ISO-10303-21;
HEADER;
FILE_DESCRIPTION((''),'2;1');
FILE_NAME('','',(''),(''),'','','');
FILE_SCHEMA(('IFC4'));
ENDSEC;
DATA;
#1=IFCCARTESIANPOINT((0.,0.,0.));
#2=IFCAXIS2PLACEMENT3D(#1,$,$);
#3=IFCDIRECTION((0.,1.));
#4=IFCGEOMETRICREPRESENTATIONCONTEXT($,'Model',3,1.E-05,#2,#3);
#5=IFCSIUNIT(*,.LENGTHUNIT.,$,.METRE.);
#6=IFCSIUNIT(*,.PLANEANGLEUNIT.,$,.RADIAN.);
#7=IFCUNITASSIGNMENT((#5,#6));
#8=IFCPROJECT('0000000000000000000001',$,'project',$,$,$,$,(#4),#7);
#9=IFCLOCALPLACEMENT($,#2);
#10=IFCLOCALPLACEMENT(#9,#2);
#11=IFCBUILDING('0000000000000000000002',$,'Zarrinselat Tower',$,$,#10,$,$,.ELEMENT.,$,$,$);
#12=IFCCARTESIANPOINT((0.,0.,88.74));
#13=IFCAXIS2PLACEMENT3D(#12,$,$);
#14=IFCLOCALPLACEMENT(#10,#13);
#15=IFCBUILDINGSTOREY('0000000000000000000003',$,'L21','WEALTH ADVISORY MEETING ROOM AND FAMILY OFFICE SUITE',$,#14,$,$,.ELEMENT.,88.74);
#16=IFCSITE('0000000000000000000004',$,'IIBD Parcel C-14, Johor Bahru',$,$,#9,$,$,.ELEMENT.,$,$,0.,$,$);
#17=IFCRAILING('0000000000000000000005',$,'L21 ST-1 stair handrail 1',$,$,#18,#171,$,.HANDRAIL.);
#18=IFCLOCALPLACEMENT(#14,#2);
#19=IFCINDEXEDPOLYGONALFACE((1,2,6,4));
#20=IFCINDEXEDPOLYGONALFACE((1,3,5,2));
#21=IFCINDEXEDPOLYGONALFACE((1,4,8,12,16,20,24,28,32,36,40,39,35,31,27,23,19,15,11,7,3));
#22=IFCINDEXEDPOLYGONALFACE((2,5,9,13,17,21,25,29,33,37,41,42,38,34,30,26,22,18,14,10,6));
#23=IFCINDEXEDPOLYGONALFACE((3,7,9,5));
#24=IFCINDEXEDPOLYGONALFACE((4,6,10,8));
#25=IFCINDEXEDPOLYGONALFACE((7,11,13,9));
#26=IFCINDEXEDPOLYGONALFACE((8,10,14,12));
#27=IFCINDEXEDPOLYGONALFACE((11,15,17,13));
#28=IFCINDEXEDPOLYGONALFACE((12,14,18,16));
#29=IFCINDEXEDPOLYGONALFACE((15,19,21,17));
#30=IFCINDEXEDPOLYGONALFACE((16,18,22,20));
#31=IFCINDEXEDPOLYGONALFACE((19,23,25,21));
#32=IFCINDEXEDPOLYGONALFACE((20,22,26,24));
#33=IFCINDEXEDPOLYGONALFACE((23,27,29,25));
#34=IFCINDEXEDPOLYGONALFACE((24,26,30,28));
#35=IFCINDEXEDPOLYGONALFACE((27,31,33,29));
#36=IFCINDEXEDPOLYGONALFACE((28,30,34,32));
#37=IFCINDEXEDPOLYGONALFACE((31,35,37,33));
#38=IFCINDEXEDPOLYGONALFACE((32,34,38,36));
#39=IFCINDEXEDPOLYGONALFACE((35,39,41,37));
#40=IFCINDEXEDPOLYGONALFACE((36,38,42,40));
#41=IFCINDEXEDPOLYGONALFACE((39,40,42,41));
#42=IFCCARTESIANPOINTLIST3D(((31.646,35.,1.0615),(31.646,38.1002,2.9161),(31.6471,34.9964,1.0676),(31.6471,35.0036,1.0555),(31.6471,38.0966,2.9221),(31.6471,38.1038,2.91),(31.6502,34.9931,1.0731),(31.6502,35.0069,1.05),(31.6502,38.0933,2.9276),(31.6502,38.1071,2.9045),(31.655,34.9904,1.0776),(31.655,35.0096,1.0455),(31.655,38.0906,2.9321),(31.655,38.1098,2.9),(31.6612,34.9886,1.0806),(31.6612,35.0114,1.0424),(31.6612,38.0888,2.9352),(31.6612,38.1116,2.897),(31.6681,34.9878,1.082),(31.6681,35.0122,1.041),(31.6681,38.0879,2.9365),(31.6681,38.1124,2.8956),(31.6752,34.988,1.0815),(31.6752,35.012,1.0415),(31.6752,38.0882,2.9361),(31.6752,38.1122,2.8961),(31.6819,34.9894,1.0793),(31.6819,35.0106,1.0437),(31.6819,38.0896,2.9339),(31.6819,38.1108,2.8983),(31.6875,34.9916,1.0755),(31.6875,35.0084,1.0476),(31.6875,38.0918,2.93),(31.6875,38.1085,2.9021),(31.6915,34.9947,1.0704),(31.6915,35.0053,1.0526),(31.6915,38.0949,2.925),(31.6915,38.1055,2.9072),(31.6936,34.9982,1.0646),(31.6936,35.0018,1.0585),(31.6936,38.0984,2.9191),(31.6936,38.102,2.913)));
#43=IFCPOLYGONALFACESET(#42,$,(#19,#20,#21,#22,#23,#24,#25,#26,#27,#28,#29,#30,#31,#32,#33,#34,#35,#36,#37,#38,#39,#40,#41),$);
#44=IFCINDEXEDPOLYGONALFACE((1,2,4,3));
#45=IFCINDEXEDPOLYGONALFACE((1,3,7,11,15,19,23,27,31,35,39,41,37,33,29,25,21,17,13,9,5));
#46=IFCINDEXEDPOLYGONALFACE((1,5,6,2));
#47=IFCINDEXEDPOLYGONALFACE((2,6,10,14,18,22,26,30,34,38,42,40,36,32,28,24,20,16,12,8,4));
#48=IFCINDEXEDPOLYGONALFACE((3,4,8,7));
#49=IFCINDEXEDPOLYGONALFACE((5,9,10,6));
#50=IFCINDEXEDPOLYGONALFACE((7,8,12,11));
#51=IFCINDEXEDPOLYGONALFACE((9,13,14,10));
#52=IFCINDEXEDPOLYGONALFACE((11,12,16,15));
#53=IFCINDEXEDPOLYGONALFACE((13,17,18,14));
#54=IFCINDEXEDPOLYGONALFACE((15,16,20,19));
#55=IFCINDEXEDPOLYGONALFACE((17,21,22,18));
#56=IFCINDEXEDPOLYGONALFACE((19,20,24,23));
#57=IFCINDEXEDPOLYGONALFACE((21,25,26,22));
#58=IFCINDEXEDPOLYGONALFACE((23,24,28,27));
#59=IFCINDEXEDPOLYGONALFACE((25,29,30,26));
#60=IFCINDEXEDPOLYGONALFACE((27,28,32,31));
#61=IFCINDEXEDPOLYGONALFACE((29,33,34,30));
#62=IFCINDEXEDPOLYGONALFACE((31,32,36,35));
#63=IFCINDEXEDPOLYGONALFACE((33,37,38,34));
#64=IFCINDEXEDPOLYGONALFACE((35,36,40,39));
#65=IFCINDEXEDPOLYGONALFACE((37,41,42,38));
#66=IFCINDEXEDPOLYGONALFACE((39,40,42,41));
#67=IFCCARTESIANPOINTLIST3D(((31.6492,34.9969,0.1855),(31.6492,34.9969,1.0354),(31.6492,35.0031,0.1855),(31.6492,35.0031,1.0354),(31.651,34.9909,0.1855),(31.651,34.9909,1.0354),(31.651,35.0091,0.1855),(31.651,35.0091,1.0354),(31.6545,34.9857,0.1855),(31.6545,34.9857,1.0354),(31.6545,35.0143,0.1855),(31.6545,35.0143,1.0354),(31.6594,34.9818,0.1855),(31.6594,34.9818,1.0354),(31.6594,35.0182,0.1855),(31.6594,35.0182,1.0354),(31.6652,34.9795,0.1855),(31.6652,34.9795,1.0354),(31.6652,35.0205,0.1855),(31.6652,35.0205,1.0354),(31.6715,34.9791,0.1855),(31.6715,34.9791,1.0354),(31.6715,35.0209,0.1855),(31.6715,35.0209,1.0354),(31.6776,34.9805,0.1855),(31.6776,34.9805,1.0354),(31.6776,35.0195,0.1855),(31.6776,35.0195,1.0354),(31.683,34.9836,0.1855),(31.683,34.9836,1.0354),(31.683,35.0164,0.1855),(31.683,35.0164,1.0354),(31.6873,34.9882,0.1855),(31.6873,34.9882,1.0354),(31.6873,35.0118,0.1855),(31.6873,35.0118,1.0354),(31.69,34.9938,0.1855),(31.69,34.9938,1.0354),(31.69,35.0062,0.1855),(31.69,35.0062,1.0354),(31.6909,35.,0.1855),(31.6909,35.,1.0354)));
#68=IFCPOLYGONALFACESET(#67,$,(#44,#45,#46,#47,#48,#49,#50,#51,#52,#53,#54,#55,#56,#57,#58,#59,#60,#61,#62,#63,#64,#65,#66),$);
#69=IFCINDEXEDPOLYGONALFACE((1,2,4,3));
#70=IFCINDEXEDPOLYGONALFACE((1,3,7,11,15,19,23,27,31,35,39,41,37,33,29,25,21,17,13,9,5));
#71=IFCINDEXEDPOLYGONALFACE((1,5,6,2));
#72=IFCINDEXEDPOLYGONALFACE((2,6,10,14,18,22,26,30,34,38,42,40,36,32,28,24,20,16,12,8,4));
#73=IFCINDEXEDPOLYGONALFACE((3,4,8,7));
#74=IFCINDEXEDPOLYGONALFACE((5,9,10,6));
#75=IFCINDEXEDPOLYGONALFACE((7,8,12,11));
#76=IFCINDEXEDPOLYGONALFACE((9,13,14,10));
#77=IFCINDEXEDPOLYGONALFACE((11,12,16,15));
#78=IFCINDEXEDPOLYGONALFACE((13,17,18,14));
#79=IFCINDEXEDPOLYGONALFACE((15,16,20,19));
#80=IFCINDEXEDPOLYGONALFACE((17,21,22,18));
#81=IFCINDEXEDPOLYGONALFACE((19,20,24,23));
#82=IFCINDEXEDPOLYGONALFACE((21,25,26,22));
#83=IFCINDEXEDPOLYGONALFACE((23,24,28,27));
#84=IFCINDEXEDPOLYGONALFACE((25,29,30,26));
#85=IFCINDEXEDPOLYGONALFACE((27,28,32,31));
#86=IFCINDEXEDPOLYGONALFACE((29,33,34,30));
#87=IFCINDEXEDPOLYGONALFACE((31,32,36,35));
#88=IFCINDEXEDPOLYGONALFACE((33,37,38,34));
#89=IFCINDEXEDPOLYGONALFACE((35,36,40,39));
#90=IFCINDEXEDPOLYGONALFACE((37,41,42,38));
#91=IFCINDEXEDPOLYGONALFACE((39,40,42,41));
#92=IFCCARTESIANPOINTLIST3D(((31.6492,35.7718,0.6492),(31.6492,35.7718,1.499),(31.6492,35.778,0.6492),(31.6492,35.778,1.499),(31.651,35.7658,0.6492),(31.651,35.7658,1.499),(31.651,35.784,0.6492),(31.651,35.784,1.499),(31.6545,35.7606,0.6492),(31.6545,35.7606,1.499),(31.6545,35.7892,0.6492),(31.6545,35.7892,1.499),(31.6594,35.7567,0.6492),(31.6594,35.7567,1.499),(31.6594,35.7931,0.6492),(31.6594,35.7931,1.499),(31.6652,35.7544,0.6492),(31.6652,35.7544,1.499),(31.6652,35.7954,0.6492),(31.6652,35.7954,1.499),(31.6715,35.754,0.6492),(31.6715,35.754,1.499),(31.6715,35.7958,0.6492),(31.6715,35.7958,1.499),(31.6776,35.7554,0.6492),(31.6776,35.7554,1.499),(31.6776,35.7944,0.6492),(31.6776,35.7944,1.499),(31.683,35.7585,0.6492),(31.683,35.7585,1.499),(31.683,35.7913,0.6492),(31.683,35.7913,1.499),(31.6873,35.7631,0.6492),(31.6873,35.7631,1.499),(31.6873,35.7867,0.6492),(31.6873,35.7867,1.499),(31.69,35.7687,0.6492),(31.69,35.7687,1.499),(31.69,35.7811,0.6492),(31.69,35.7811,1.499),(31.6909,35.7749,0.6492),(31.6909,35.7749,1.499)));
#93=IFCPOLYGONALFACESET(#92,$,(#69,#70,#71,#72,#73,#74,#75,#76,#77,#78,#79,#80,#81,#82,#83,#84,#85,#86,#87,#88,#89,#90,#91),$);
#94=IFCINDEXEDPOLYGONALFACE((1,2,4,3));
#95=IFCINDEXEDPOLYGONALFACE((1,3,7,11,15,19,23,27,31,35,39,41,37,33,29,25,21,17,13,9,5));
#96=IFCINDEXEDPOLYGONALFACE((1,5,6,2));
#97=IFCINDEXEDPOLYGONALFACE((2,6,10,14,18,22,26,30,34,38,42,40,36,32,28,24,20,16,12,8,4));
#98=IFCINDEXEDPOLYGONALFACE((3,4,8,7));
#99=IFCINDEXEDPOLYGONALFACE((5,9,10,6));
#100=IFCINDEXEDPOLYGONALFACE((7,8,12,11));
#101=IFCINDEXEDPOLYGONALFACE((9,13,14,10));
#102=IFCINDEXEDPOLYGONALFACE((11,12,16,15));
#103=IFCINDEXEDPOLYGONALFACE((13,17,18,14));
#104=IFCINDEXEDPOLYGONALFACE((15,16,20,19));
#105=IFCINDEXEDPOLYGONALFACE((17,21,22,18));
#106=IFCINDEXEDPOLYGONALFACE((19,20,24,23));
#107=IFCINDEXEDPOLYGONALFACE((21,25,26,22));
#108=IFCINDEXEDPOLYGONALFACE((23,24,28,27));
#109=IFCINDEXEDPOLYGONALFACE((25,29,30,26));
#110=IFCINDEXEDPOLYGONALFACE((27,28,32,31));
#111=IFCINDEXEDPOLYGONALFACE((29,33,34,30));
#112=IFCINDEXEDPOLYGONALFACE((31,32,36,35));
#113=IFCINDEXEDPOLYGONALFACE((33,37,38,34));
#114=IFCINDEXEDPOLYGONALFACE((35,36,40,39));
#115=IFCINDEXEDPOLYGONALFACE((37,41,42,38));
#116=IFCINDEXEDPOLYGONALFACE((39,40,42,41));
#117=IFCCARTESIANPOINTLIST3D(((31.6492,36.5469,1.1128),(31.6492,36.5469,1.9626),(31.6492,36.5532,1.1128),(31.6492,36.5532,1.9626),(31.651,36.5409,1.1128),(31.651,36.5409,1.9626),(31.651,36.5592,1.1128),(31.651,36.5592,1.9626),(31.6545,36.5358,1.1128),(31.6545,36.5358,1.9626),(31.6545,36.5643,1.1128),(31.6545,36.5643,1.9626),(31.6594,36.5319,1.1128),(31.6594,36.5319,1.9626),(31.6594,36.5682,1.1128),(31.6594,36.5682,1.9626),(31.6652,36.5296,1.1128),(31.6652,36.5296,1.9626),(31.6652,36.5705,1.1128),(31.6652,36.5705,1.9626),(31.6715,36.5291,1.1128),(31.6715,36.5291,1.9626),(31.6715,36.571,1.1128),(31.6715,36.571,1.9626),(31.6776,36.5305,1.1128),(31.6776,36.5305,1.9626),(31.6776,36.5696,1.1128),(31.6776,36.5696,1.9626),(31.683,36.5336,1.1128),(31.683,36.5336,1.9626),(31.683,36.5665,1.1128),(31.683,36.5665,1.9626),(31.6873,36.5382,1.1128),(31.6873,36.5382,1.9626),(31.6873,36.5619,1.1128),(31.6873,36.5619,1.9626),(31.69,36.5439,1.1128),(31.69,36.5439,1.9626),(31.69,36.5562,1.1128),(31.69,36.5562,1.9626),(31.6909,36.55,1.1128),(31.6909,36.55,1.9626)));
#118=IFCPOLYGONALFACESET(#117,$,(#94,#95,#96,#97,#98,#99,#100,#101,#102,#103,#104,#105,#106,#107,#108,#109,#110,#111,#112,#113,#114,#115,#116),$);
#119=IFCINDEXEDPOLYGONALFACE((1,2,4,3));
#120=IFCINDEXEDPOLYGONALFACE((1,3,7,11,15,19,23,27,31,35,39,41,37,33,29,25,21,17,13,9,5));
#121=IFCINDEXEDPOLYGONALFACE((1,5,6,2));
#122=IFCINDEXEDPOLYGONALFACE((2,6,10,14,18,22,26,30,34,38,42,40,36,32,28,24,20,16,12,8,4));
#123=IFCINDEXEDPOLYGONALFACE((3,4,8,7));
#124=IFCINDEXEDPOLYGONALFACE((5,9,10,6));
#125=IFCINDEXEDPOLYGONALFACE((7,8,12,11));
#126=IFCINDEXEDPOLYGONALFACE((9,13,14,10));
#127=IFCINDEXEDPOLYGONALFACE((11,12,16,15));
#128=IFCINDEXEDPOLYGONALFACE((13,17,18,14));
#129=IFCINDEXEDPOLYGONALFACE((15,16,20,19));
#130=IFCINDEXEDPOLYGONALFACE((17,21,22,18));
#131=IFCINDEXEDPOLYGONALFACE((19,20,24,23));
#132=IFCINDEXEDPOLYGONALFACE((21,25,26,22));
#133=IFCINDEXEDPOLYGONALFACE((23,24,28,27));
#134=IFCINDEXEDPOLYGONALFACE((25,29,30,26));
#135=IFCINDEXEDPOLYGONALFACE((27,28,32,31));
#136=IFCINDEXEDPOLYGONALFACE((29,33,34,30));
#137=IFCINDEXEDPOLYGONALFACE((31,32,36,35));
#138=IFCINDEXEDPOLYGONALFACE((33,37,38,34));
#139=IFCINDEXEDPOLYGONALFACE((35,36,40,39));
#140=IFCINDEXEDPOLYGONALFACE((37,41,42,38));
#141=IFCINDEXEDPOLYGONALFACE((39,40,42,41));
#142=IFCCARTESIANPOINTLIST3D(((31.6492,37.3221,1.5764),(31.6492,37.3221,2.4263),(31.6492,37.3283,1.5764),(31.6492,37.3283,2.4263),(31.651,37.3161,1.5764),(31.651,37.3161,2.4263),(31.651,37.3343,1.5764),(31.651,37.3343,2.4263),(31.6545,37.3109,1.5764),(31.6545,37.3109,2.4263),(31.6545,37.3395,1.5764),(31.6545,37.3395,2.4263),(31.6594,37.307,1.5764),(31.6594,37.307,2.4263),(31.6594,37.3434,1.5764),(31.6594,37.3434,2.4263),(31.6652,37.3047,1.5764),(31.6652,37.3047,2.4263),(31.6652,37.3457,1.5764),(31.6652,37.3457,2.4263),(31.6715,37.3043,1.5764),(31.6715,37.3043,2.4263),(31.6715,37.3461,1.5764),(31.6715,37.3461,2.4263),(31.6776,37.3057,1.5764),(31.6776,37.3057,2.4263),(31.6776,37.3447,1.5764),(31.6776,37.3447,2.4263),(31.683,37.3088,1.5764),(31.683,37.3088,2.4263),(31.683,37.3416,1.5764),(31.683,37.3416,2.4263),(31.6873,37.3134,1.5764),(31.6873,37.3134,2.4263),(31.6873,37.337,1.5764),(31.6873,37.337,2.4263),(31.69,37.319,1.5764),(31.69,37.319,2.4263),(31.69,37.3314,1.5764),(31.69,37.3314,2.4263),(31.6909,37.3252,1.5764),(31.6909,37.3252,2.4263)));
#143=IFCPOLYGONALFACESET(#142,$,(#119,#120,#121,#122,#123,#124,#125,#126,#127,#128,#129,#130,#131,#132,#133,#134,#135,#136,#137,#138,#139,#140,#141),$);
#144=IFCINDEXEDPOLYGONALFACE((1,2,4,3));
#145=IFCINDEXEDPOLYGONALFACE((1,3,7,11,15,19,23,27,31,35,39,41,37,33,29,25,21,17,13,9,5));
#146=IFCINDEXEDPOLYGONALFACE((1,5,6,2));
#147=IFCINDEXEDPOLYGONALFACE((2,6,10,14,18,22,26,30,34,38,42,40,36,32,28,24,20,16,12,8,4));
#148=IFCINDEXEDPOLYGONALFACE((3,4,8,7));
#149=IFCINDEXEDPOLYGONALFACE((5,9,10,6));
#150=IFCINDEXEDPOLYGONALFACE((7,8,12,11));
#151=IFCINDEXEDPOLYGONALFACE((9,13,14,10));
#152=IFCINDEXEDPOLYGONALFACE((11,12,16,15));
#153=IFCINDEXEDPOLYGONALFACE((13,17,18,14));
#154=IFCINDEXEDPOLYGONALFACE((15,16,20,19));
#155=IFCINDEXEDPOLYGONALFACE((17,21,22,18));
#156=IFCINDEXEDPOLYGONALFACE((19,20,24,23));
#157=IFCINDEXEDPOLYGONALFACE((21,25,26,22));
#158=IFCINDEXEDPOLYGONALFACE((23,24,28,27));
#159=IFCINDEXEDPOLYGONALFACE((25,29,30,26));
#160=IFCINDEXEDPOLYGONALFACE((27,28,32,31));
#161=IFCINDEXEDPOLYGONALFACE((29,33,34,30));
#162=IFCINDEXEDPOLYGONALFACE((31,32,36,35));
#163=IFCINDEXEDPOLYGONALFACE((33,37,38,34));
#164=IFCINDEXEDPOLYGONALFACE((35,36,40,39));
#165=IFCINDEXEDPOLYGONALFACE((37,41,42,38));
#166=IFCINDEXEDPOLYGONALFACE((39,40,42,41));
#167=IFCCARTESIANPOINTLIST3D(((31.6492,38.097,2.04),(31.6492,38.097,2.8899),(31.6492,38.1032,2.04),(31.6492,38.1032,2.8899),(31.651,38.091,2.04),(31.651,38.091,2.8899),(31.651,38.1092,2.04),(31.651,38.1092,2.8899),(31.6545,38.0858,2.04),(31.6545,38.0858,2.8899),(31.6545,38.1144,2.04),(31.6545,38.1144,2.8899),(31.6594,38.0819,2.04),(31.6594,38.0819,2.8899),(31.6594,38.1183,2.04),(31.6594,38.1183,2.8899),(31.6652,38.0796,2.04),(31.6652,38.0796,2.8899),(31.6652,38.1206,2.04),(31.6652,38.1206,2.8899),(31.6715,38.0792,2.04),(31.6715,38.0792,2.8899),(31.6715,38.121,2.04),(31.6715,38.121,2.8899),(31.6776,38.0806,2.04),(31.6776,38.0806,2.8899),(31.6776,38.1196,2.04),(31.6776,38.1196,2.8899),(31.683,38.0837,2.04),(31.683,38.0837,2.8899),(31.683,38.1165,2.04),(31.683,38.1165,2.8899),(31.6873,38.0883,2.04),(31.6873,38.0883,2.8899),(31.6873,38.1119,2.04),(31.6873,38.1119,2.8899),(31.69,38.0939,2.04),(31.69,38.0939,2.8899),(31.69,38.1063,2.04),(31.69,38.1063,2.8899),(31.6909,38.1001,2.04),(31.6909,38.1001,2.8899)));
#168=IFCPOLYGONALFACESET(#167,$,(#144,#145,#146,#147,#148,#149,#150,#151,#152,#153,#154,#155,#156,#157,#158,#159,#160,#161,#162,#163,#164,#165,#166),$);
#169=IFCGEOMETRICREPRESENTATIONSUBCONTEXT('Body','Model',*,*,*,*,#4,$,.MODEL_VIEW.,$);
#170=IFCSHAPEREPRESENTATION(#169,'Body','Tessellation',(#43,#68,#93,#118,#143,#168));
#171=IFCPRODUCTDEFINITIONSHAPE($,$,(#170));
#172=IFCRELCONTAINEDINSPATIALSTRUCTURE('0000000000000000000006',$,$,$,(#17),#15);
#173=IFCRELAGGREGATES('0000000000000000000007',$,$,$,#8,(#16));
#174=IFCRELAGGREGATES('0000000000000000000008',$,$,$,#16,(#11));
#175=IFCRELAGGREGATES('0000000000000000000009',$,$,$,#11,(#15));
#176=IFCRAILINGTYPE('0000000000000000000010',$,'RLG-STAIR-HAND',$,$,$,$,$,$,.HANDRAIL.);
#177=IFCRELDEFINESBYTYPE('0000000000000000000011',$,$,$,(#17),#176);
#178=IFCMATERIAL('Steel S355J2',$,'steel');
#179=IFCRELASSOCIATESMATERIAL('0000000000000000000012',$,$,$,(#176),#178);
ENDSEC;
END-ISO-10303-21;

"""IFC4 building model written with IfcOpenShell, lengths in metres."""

from ifc_helpers import new_model, si_unit, direction, frame, origin, origin_2d, place, context, subcontext, project, spatial, circle, extrude, material, type_object, element, save


model = new_model("IFC4")

# Units and contexts
model_context = context("Model", 3, precision=1e-05, world=origin(), true_north=direction((0.0, 1.0)))
body_context = subcontext(model_context, "Body", "Model", "MODEL_VIEW")
ifc_project = project(units=[si_unit("LENGTHUNIT", "METRE"), si_unit("PLANEANGLEUNIT", "RADIAN")], contexts=[model_context])

# Site, building, storey
site_placement = place(None, origin())
site = spatial("IfcSite", under=ifc_project, at=site_placement, Name="IIBD Parcel C-14, Johor Bahru", CompositionType="ELEMENT", RefElevation=0.0)
building_placement = place(site_placement, origin())
building = spatial("IfcBuilding", under=site, at=building_placement, Name="Zarrinselat Tower", CompositionType="ELEMENT")
storey_placement = place(building_placement, frame((0.0, 0.0, 88.74)))
storey = spatial("IfcBuildingStorey", under=building, at=storey_placement, Name="L21", Description="WEALTH ADVISORY MEETING ROOM AND FAMILY OFFICE SUITE", CompositionType="ELEMENT", Elevation=88.74)

# Railing
ifc_material_1 = material(Name="Steel S355J2", Category="steel")
railing_type_1 = type_object("IfcRailingType", Name="RLG-STAIR-HAND", PredefinedType="HANDRAIL", material=ifc_material_1)
railing_1_placement = place(storey_placement, frame((31.6699, 35.0, 0.1855)))
element("IfcRailing", 1, at=railing_1_placement, inside=storey, type_object=railing_type_1, Name="L21 ST-1 stair handrail 1", PredefinedType="HANDRAIL", context=body_context, shape_type="SweptSolid", body=[
    extrude(circle(Radius=0.0239, at=origin_2d()), frame((0.0, 0.0, 0.876), z_axis=(0.0, 0.858172, 0.513362), x_axis=(-1.0, 0.0, 0.0)), (0.0, 0.0, 1.0), 3.6125),
    extrude(circle(Radius=0.021, at=origin_2d()), origin(), (0.0, 0.0, 1.0), 0.8499),
    extrude(circle(Radius=0.021, at=origin_2d()), frame((0.0, 0.7749, 0.4636)), (0.0, 0.0, 1.0), 0.8499),
    extrude(circle(Radius=0.021, at=origin_2d()), frame((0.0, 1.55, 0.9272)), (0.0, 0.0, 1.0), 0.8499),
    extrude(circle(Radius=0.021, at=origin_2d()), frame((0.0, 2.3252, 1.3909)), (0.0, 0.0, 1.0), 0.8499),
    extrude(circle(Radius=0.021, at=origin_2d()), frame((0.0, 3.1001, 1.8545)), (0.0, 0.0, 1.0), 0.8499),
])

save(model, "model.ifc")
